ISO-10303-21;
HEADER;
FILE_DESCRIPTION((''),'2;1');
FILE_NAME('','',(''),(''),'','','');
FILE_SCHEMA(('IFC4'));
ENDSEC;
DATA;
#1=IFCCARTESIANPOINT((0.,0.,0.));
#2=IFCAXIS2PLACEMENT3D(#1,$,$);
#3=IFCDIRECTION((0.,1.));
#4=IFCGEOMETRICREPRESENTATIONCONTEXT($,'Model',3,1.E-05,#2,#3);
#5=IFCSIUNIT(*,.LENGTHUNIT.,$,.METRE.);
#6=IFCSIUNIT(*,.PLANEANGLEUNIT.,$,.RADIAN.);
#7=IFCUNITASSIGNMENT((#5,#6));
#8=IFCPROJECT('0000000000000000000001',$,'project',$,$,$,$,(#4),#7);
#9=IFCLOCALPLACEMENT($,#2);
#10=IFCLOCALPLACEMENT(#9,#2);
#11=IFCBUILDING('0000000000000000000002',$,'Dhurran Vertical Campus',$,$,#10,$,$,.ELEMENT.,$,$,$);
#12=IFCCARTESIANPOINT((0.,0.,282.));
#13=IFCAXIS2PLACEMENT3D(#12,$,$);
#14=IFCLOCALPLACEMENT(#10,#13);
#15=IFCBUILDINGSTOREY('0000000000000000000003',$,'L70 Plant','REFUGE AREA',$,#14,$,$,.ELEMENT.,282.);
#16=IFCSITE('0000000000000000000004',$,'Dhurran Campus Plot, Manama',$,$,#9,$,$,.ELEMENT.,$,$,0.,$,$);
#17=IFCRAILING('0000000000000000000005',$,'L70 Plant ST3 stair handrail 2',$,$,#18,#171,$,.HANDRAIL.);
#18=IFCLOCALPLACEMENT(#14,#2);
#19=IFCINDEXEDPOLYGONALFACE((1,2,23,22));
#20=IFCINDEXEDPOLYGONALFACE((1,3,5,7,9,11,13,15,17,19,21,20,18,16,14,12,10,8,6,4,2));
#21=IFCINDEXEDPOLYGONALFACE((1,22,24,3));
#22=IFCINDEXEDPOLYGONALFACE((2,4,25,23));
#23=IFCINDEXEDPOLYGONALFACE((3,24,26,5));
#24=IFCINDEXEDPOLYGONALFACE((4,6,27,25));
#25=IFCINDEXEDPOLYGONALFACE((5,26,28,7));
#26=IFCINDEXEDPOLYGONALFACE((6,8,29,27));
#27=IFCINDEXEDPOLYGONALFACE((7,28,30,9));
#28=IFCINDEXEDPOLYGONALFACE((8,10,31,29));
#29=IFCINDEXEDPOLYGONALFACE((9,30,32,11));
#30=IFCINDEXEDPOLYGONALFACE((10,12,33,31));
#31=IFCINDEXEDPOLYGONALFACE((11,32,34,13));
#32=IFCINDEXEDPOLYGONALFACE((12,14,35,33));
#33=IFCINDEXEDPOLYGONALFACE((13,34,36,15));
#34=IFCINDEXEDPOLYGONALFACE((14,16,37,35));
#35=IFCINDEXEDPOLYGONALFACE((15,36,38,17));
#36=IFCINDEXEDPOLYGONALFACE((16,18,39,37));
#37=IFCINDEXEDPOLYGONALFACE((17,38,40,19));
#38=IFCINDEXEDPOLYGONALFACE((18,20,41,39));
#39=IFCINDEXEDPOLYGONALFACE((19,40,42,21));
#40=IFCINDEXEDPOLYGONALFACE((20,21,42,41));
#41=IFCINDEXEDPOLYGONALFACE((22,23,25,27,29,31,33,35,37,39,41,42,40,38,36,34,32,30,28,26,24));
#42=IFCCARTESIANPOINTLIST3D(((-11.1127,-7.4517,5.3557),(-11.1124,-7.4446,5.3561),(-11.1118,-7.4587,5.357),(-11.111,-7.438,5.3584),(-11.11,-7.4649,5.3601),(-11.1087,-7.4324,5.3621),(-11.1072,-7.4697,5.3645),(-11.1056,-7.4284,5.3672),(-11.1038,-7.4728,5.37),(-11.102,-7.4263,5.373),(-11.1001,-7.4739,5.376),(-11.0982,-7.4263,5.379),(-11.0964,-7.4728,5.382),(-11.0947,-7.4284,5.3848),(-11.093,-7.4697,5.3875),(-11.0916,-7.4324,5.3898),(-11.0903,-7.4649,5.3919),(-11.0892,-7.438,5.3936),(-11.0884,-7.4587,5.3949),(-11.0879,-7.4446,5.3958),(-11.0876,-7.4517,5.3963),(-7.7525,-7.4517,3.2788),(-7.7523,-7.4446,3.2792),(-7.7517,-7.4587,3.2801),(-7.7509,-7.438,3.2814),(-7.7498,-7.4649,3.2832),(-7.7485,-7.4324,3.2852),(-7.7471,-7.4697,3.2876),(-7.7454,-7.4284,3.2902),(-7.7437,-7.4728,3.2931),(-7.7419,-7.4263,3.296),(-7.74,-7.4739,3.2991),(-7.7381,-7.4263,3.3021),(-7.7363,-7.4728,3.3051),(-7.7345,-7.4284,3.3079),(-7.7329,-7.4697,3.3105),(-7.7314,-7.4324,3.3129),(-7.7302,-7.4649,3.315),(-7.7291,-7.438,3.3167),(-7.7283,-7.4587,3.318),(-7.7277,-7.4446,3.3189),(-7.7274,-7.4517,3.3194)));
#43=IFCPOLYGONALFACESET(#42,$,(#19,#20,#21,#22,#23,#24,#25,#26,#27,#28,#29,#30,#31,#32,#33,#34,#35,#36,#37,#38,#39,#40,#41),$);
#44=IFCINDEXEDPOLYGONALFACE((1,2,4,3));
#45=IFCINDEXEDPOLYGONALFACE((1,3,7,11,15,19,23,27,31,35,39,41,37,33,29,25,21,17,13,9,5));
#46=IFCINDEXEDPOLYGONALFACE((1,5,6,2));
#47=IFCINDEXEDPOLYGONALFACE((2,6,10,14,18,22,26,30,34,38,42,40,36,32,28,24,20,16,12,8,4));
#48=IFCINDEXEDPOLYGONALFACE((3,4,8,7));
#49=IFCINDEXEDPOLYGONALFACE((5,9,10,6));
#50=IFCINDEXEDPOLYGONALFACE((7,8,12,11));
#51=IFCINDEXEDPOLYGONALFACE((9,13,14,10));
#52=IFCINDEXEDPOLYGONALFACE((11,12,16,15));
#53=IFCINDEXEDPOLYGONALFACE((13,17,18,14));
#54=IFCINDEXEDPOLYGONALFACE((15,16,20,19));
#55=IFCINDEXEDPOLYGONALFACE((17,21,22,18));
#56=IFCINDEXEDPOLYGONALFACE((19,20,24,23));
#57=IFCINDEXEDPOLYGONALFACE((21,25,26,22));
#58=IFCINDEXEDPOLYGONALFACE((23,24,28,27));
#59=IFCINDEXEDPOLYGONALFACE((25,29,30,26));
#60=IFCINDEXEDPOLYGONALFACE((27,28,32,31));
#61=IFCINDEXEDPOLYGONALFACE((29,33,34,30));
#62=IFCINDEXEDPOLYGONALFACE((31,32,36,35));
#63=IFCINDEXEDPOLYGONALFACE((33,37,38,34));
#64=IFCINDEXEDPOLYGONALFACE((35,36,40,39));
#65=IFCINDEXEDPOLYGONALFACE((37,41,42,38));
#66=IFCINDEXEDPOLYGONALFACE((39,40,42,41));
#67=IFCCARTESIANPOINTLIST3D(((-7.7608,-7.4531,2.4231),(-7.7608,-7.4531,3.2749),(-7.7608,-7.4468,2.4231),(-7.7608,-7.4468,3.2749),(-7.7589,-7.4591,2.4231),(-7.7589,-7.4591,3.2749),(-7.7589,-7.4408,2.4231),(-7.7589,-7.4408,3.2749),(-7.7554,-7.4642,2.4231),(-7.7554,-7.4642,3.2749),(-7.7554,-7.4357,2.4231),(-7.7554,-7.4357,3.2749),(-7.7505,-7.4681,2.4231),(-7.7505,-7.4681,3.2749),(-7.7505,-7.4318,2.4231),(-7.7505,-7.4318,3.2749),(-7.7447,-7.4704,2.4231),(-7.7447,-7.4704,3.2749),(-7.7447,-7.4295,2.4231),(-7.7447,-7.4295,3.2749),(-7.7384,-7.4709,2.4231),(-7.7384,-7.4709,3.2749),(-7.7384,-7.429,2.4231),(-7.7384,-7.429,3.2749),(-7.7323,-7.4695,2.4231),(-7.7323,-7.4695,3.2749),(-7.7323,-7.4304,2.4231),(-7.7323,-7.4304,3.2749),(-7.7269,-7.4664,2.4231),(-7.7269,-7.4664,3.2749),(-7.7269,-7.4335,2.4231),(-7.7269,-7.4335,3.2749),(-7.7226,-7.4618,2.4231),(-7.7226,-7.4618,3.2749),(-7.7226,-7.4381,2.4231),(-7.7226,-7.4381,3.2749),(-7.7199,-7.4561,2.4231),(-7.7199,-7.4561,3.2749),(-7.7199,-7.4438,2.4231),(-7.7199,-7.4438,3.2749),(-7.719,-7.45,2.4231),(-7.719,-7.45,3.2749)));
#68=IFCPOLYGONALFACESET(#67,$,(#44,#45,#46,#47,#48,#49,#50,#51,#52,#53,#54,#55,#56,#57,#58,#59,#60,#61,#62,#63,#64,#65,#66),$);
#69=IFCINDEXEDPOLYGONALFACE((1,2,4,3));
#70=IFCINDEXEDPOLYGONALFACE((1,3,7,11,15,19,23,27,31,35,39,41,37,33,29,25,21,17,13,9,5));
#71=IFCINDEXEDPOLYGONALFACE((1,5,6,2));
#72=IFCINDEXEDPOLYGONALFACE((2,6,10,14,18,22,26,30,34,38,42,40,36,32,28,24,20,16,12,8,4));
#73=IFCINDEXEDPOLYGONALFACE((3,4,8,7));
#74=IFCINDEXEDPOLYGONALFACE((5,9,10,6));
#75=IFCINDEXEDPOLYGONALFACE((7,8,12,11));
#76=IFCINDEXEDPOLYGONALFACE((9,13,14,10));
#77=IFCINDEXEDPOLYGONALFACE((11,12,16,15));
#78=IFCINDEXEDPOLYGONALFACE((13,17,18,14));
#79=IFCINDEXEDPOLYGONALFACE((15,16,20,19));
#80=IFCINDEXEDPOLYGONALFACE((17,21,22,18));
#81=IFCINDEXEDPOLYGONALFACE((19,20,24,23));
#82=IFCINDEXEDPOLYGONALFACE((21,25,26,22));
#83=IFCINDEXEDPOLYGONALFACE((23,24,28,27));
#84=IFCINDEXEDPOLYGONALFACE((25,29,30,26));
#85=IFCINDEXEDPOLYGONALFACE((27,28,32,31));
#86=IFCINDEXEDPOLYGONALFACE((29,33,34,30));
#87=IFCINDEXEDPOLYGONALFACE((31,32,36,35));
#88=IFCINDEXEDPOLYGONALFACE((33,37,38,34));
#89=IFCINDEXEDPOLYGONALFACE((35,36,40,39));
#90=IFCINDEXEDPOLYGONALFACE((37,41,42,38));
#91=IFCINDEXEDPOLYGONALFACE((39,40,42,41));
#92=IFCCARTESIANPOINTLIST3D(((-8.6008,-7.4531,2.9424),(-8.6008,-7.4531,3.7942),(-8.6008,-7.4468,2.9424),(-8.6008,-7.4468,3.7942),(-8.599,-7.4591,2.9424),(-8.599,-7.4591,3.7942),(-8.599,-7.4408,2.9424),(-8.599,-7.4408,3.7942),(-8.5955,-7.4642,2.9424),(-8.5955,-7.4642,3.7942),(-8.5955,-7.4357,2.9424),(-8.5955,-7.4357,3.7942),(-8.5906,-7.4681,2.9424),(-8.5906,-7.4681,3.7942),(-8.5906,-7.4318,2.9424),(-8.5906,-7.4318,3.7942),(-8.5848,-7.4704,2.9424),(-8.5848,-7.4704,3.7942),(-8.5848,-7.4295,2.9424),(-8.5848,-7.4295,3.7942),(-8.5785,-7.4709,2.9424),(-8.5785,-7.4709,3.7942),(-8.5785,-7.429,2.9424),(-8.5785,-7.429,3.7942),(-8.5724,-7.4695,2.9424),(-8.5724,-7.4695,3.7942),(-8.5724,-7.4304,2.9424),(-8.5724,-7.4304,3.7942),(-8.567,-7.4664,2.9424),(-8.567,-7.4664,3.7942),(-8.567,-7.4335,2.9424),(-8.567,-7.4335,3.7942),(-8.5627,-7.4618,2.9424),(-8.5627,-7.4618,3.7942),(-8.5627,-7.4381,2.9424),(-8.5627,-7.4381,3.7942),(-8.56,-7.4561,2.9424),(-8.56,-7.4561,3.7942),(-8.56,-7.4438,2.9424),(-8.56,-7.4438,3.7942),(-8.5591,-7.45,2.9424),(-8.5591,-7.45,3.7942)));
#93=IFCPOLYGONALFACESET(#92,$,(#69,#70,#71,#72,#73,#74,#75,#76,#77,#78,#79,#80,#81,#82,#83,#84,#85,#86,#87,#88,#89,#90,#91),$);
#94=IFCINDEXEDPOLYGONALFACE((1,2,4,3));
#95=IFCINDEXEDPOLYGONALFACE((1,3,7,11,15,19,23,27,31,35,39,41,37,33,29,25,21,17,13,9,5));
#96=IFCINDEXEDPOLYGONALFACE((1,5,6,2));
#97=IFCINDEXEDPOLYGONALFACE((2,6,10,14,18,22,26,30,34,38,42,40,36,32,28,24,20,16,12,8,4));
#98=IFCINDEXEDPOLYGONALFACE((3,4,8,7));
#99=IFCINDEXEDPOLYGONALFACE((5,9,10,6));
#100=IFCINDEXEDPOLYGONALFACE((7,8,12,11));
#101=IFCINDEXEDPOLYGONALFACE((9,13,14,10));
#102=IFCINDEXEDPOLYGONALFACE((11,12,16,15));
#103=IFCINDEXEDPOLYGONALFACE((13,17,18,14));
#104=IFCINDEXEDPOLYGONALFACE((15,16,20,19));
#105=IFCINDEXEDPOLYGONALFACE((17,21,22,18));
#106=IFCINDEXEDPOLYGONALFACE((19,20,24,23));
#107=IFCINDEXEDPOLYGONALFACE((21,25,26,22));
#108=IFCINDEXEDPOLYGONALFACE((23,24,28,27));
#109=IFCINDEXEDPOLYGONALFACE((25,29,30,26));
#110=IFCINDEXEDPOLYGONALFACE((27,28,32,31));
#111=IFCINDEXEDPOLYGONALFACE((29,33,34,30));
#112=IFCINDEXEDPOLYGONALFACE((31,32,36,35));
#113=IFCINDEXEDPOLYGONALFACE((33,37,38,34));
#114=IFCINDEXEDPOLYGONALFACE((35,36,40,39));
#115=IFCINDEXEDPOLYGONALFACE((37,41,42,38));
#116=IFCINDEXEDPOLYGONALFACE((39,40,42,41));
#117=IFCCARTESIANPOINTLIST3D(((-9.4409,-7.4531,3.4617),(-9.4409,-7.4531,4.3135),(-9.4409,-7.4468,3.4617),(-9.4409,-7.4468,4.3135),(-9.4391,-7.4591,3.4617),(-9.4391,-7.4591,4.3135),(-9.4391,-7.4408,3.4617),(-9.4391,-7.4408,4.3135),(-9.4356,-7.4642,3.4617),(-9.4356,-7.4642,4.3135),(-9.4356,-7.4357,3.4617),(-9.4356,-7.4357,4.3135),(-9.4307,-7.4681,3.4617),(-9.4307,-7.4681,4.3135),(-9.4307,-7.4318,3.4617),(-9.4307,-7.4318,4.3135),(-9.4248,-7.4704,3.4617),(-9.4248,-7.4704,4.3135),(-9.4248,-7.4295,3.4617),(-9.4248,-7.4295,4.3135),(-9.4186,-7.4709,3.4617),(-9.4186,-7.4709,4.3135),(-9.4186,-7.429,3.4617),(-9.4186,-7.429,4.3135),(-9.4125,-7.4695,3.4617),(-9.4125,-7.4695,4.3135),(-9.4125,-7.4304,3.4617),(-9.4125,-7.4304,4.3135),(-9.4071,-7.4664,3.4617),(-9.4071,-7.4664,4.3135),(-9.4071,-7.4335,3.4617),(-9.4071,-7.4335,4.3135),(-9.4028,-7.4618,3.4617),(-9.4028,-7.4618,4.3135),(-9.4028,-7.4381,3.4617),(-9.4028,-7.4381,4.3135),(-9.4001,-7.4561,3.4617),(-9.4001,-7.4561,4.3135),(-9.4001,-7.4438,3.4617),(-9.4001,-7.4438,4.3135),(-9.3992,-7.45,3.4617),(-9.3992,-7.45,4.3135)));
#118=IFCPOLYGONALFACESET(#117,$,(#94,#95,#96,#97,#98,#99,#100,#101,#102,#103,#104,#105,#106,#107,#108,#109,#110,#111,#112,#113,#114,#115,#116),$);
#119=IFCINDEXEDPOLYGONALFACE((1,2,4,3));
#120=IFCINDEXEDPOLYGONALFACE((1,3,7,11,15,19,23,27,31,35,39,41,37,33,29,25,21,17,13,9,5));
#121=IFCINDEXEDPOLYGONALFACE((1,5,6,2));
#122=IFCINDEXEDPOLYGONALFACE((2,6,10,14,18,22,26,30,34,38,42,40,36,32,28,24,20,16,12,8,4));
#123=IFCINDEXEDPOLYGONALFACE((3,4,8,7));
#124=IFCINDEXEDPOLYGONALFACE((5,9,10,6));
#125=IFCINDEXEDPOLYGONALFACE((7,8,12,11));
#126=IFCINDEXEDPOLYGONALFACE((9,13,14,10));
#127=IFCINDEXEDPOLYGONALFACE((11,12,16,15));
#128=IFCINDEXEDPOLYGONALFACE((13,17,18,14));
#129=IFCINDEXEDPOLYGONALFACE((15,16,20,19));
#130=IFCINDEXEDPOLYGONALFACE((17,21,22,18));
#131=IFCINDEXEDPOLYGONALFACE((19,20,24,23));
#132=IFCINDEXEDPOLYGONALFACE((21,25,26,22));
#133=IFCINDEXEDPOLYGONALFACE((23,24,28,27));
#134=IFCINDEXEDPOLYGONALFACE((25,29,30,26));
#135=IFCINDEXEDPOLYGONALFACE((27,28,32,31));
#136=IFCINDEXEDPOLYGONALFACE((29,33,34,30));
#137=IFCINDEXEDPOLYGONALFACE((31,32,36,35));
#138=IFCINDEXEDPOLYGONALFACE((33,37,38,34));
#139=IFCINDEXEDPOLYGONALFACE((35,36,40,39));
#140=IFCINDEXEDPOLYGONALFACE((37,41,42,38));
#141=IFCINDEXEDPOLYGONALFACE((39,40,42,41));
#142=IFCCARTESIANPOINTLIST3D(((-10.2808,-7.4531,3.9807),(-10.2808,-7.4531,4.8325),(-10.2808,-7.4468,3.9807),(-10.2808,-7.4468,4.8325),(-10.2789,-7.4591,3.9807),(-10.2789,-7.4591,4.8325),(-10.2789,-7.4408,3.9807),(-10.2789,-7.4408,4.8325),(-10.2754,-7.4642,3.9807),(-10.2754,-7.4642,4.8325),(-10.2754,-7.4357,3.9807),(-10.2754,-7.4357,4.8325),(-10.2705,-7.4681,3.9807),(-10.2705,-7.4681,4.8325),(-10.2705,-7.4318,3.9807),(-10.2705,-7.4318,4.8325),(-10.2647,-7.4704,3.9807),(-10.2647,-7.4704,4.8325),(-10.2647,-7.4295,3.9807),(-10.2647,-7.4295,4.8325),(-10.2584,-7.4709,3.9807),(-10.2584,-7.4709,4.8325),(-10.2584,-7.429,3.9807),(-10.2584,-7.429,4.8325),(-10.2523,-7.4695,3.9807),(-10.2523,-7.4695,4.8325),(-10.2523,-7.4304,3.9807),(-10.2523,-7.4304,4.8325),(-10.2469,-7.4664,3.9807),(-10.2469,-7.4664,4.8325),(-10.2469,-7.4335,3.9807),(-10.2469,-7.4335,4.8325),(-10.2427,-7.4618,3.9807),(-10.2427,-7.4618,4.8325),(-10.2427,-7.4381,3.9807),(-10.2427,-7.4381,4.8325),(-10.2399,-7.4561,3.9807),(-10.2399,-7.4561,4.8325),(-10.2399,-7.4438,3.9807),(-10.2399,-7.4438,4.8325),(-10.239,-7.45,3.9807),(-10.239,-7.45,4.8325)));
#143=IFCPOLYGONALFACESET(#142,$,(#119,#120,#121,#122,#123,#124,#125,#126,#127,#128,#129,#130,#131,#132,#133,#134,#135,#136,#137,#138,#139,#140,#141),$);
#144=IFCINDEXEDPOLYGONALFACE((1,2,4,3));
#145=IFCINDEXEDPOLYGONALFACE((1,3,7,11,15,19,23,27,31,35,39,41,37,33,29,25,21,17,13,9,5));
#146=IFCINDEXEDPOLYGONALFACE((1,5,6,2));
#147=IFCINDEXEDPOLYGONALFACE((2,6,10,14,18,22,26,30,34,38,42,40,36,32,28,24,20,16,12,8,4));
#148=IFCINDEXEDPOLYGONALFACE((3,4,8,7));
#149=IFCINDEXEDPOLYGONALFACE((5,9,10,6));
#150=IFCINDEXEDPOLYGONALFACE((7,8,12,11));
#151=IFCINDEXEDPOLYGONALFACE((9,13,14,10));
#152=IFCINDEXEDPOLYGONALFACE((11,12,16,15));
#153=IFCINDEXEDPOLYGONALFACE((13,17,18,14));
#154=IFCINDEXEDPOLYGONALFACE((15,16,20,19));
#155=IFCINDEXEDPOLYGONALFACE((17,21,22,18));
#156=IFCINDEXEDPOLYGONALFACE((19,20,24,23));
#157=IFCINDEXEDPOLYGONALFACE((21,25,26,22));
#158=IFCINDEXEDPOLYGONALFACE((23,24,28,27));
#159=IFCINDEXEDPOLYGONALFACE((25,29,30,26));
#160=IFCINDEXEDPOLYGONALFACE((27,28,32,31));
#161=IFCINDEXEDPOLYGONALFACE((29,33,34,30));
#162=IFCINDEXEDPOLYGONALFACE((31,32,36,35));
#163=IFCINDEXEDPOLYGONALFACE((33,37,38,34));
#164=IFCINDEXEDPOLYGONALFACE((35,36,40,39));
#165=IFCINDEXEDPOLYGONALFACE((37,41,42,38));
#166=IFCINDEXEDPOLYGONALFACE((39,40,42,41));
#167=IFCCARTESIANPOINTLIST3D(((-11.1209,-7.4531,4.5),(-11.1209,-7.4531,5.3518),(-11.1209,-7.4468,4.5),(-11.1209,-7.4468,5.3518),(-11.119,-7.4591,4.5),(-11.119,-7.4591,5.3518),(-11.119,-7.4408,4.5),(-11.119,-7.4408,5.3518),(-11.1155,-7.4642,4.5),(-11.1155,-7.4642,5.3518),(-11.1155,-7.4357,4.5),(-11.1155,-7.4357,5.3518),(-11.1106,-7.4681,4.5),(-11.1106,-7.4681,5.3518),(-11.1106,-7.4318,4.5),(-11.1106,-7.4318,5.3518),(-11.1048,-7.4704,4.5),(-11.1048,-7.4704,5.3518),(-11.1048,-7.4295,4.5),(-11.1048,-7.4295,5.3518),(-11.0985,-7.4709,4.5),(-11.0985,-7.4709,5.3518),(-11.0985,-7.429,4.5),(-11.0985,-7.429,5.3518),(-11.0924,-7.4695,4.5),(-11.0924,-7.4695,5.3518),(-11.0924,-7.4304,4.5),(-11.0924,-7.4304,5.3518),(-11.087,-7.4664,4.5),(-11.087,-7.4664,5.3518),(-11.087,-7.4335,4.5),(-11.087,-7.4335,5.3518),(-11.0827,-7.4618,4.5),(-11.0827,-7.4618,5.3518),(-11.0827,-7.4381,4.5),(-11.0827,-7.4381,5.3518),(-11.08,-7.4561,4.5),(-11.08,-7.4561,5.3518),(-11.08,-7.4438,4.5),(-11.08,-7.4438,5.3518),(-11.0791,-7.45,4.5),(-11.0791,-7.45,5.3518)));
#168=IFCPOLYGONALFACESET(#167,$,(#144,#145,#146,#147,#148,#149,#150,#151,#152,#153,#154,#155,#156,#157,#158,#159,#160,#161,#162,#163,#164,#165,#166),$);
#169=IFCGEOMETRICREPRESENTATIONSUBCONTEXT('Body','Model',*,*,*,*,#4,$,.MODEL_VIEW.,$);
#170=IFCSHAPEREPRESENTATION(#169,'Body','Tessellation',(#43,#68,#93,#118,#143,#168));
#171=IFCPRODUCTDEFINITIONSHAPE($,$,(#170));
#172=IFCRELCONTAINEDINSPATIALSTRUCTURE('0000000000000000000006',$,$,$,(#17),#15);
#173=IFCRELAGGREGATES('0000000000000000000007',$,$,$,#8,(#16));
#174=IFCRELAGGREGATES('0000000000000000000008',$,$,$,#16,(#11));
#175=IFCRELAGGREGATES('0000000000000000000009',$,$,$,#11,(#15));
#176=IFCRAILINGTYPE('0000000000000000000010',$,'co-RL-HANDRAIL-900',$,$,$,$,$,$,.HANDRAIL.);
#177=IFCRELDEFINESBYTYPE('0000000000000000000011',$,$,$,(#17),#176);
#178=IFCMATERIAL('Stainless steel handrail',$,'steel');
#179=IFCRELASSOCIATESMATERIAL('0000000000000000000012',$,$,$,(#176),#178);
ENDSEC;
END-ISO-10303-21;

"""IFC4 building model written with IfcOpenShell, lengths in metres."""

from ifc_helpers import new_model, si_unit, direction, frame, origin, origin_2d, place, context, subcontext, project, spatial, circle, extrude, material, type_object, element, save


model = new_model("IFC4")

# Units and contexts
model_context = context("Model", 3, precision=1e-05, world=origin(), true_north=direction((0.0, 1.0)))
body_context = subcontext(model_context, "Body", "Model", "MODEL_VIEW")
ifc_project = project(units=[si_unit("LENGTHUNIT", "METRE"), si_unit("PLANEANGLEUNIT", "RADIAN")], contexts=[model_context])

# Site, building, storey
site_placement = place(None, origin())
site = spatial("IfcSite", under=ifc_project, at=site_placement, Name="Dhurran Campus Plot, Manama", CompositionType="ELEMENT", RefElevation=0.0)
building_placement = place(site_placement, origin())
building = spatial("IfcBuilding", under=site, at=building_placement, Name="Dhurran Vertical Campus", CompositionType="ELEMENT")
storey_placement = place(building_placement, frame((0.0, 0.0, 282.0)))
storey = spatial("IfcBuildingStorey", under=building, at=storey_placement, Name="L70 Plant", Description="REFUGE AREA", CompositionType="ELEMENT", Elevation=282.0)

# Railing
ifc_material_1 = material(Name="Stainless steel handrail", Category="steel")
railing_type_1 = type_object("IfcRailingType", Name="co-RL-HANDRAIL-900", PredefinedType="HANDRAIL", material=ifc_material_1)
railing_1_placement = place(storey_placement, frame((-7.74, -7.45, 2.4231)))
element("IfcRailing", 1, at=railing_1_placement, inside=storey, type_object=railing_type_1, Name="L70 Plant ST3 stair handrail 2", PredefinedType="HANDRAIL", context=body_context, shape_type="SweptSolid", body=[
    extrude(circle(Radius=0.0239, at=origin_2d()), frame((0.0, 0.0, 0.876), z_axis=(-0.850623, 0.0, 0.525776), x_axis=(0.0, -1.0, 0.0)), (0.0, 0.0, 1.0), 3.9502),
    extrude(circle(Radius=0.021, at=origin_2d()), origin(), (0.0, 0.0, 1.0), 0.8518),
    extrude(circle(Radius=0.021, at=origin_2d()), frame((-0.8401, 0.0, 0.5193)), (0.0, 0.0, 1.0), 0.8518),
    extrude(circle(Radius=0.021, at=origin_2d()), frame((-1.6802, 0.0, 1.0386)), (0.0, 0.0, 1.0), 0.8518),
    extrude(circle(Radius=0.021, at=origin_2d()), frame((-2.52, 0.0, 1.5576)), (0.0, 0.0, 1.0), 0.8518),
    extrude(circle(Radius=0.021, at=origin_2d()), frame((-3.3601, 0.0, 2.0769)), (0.0, 0.0, 1.0), 0.8518),
])

save(model, "model.ifc")
